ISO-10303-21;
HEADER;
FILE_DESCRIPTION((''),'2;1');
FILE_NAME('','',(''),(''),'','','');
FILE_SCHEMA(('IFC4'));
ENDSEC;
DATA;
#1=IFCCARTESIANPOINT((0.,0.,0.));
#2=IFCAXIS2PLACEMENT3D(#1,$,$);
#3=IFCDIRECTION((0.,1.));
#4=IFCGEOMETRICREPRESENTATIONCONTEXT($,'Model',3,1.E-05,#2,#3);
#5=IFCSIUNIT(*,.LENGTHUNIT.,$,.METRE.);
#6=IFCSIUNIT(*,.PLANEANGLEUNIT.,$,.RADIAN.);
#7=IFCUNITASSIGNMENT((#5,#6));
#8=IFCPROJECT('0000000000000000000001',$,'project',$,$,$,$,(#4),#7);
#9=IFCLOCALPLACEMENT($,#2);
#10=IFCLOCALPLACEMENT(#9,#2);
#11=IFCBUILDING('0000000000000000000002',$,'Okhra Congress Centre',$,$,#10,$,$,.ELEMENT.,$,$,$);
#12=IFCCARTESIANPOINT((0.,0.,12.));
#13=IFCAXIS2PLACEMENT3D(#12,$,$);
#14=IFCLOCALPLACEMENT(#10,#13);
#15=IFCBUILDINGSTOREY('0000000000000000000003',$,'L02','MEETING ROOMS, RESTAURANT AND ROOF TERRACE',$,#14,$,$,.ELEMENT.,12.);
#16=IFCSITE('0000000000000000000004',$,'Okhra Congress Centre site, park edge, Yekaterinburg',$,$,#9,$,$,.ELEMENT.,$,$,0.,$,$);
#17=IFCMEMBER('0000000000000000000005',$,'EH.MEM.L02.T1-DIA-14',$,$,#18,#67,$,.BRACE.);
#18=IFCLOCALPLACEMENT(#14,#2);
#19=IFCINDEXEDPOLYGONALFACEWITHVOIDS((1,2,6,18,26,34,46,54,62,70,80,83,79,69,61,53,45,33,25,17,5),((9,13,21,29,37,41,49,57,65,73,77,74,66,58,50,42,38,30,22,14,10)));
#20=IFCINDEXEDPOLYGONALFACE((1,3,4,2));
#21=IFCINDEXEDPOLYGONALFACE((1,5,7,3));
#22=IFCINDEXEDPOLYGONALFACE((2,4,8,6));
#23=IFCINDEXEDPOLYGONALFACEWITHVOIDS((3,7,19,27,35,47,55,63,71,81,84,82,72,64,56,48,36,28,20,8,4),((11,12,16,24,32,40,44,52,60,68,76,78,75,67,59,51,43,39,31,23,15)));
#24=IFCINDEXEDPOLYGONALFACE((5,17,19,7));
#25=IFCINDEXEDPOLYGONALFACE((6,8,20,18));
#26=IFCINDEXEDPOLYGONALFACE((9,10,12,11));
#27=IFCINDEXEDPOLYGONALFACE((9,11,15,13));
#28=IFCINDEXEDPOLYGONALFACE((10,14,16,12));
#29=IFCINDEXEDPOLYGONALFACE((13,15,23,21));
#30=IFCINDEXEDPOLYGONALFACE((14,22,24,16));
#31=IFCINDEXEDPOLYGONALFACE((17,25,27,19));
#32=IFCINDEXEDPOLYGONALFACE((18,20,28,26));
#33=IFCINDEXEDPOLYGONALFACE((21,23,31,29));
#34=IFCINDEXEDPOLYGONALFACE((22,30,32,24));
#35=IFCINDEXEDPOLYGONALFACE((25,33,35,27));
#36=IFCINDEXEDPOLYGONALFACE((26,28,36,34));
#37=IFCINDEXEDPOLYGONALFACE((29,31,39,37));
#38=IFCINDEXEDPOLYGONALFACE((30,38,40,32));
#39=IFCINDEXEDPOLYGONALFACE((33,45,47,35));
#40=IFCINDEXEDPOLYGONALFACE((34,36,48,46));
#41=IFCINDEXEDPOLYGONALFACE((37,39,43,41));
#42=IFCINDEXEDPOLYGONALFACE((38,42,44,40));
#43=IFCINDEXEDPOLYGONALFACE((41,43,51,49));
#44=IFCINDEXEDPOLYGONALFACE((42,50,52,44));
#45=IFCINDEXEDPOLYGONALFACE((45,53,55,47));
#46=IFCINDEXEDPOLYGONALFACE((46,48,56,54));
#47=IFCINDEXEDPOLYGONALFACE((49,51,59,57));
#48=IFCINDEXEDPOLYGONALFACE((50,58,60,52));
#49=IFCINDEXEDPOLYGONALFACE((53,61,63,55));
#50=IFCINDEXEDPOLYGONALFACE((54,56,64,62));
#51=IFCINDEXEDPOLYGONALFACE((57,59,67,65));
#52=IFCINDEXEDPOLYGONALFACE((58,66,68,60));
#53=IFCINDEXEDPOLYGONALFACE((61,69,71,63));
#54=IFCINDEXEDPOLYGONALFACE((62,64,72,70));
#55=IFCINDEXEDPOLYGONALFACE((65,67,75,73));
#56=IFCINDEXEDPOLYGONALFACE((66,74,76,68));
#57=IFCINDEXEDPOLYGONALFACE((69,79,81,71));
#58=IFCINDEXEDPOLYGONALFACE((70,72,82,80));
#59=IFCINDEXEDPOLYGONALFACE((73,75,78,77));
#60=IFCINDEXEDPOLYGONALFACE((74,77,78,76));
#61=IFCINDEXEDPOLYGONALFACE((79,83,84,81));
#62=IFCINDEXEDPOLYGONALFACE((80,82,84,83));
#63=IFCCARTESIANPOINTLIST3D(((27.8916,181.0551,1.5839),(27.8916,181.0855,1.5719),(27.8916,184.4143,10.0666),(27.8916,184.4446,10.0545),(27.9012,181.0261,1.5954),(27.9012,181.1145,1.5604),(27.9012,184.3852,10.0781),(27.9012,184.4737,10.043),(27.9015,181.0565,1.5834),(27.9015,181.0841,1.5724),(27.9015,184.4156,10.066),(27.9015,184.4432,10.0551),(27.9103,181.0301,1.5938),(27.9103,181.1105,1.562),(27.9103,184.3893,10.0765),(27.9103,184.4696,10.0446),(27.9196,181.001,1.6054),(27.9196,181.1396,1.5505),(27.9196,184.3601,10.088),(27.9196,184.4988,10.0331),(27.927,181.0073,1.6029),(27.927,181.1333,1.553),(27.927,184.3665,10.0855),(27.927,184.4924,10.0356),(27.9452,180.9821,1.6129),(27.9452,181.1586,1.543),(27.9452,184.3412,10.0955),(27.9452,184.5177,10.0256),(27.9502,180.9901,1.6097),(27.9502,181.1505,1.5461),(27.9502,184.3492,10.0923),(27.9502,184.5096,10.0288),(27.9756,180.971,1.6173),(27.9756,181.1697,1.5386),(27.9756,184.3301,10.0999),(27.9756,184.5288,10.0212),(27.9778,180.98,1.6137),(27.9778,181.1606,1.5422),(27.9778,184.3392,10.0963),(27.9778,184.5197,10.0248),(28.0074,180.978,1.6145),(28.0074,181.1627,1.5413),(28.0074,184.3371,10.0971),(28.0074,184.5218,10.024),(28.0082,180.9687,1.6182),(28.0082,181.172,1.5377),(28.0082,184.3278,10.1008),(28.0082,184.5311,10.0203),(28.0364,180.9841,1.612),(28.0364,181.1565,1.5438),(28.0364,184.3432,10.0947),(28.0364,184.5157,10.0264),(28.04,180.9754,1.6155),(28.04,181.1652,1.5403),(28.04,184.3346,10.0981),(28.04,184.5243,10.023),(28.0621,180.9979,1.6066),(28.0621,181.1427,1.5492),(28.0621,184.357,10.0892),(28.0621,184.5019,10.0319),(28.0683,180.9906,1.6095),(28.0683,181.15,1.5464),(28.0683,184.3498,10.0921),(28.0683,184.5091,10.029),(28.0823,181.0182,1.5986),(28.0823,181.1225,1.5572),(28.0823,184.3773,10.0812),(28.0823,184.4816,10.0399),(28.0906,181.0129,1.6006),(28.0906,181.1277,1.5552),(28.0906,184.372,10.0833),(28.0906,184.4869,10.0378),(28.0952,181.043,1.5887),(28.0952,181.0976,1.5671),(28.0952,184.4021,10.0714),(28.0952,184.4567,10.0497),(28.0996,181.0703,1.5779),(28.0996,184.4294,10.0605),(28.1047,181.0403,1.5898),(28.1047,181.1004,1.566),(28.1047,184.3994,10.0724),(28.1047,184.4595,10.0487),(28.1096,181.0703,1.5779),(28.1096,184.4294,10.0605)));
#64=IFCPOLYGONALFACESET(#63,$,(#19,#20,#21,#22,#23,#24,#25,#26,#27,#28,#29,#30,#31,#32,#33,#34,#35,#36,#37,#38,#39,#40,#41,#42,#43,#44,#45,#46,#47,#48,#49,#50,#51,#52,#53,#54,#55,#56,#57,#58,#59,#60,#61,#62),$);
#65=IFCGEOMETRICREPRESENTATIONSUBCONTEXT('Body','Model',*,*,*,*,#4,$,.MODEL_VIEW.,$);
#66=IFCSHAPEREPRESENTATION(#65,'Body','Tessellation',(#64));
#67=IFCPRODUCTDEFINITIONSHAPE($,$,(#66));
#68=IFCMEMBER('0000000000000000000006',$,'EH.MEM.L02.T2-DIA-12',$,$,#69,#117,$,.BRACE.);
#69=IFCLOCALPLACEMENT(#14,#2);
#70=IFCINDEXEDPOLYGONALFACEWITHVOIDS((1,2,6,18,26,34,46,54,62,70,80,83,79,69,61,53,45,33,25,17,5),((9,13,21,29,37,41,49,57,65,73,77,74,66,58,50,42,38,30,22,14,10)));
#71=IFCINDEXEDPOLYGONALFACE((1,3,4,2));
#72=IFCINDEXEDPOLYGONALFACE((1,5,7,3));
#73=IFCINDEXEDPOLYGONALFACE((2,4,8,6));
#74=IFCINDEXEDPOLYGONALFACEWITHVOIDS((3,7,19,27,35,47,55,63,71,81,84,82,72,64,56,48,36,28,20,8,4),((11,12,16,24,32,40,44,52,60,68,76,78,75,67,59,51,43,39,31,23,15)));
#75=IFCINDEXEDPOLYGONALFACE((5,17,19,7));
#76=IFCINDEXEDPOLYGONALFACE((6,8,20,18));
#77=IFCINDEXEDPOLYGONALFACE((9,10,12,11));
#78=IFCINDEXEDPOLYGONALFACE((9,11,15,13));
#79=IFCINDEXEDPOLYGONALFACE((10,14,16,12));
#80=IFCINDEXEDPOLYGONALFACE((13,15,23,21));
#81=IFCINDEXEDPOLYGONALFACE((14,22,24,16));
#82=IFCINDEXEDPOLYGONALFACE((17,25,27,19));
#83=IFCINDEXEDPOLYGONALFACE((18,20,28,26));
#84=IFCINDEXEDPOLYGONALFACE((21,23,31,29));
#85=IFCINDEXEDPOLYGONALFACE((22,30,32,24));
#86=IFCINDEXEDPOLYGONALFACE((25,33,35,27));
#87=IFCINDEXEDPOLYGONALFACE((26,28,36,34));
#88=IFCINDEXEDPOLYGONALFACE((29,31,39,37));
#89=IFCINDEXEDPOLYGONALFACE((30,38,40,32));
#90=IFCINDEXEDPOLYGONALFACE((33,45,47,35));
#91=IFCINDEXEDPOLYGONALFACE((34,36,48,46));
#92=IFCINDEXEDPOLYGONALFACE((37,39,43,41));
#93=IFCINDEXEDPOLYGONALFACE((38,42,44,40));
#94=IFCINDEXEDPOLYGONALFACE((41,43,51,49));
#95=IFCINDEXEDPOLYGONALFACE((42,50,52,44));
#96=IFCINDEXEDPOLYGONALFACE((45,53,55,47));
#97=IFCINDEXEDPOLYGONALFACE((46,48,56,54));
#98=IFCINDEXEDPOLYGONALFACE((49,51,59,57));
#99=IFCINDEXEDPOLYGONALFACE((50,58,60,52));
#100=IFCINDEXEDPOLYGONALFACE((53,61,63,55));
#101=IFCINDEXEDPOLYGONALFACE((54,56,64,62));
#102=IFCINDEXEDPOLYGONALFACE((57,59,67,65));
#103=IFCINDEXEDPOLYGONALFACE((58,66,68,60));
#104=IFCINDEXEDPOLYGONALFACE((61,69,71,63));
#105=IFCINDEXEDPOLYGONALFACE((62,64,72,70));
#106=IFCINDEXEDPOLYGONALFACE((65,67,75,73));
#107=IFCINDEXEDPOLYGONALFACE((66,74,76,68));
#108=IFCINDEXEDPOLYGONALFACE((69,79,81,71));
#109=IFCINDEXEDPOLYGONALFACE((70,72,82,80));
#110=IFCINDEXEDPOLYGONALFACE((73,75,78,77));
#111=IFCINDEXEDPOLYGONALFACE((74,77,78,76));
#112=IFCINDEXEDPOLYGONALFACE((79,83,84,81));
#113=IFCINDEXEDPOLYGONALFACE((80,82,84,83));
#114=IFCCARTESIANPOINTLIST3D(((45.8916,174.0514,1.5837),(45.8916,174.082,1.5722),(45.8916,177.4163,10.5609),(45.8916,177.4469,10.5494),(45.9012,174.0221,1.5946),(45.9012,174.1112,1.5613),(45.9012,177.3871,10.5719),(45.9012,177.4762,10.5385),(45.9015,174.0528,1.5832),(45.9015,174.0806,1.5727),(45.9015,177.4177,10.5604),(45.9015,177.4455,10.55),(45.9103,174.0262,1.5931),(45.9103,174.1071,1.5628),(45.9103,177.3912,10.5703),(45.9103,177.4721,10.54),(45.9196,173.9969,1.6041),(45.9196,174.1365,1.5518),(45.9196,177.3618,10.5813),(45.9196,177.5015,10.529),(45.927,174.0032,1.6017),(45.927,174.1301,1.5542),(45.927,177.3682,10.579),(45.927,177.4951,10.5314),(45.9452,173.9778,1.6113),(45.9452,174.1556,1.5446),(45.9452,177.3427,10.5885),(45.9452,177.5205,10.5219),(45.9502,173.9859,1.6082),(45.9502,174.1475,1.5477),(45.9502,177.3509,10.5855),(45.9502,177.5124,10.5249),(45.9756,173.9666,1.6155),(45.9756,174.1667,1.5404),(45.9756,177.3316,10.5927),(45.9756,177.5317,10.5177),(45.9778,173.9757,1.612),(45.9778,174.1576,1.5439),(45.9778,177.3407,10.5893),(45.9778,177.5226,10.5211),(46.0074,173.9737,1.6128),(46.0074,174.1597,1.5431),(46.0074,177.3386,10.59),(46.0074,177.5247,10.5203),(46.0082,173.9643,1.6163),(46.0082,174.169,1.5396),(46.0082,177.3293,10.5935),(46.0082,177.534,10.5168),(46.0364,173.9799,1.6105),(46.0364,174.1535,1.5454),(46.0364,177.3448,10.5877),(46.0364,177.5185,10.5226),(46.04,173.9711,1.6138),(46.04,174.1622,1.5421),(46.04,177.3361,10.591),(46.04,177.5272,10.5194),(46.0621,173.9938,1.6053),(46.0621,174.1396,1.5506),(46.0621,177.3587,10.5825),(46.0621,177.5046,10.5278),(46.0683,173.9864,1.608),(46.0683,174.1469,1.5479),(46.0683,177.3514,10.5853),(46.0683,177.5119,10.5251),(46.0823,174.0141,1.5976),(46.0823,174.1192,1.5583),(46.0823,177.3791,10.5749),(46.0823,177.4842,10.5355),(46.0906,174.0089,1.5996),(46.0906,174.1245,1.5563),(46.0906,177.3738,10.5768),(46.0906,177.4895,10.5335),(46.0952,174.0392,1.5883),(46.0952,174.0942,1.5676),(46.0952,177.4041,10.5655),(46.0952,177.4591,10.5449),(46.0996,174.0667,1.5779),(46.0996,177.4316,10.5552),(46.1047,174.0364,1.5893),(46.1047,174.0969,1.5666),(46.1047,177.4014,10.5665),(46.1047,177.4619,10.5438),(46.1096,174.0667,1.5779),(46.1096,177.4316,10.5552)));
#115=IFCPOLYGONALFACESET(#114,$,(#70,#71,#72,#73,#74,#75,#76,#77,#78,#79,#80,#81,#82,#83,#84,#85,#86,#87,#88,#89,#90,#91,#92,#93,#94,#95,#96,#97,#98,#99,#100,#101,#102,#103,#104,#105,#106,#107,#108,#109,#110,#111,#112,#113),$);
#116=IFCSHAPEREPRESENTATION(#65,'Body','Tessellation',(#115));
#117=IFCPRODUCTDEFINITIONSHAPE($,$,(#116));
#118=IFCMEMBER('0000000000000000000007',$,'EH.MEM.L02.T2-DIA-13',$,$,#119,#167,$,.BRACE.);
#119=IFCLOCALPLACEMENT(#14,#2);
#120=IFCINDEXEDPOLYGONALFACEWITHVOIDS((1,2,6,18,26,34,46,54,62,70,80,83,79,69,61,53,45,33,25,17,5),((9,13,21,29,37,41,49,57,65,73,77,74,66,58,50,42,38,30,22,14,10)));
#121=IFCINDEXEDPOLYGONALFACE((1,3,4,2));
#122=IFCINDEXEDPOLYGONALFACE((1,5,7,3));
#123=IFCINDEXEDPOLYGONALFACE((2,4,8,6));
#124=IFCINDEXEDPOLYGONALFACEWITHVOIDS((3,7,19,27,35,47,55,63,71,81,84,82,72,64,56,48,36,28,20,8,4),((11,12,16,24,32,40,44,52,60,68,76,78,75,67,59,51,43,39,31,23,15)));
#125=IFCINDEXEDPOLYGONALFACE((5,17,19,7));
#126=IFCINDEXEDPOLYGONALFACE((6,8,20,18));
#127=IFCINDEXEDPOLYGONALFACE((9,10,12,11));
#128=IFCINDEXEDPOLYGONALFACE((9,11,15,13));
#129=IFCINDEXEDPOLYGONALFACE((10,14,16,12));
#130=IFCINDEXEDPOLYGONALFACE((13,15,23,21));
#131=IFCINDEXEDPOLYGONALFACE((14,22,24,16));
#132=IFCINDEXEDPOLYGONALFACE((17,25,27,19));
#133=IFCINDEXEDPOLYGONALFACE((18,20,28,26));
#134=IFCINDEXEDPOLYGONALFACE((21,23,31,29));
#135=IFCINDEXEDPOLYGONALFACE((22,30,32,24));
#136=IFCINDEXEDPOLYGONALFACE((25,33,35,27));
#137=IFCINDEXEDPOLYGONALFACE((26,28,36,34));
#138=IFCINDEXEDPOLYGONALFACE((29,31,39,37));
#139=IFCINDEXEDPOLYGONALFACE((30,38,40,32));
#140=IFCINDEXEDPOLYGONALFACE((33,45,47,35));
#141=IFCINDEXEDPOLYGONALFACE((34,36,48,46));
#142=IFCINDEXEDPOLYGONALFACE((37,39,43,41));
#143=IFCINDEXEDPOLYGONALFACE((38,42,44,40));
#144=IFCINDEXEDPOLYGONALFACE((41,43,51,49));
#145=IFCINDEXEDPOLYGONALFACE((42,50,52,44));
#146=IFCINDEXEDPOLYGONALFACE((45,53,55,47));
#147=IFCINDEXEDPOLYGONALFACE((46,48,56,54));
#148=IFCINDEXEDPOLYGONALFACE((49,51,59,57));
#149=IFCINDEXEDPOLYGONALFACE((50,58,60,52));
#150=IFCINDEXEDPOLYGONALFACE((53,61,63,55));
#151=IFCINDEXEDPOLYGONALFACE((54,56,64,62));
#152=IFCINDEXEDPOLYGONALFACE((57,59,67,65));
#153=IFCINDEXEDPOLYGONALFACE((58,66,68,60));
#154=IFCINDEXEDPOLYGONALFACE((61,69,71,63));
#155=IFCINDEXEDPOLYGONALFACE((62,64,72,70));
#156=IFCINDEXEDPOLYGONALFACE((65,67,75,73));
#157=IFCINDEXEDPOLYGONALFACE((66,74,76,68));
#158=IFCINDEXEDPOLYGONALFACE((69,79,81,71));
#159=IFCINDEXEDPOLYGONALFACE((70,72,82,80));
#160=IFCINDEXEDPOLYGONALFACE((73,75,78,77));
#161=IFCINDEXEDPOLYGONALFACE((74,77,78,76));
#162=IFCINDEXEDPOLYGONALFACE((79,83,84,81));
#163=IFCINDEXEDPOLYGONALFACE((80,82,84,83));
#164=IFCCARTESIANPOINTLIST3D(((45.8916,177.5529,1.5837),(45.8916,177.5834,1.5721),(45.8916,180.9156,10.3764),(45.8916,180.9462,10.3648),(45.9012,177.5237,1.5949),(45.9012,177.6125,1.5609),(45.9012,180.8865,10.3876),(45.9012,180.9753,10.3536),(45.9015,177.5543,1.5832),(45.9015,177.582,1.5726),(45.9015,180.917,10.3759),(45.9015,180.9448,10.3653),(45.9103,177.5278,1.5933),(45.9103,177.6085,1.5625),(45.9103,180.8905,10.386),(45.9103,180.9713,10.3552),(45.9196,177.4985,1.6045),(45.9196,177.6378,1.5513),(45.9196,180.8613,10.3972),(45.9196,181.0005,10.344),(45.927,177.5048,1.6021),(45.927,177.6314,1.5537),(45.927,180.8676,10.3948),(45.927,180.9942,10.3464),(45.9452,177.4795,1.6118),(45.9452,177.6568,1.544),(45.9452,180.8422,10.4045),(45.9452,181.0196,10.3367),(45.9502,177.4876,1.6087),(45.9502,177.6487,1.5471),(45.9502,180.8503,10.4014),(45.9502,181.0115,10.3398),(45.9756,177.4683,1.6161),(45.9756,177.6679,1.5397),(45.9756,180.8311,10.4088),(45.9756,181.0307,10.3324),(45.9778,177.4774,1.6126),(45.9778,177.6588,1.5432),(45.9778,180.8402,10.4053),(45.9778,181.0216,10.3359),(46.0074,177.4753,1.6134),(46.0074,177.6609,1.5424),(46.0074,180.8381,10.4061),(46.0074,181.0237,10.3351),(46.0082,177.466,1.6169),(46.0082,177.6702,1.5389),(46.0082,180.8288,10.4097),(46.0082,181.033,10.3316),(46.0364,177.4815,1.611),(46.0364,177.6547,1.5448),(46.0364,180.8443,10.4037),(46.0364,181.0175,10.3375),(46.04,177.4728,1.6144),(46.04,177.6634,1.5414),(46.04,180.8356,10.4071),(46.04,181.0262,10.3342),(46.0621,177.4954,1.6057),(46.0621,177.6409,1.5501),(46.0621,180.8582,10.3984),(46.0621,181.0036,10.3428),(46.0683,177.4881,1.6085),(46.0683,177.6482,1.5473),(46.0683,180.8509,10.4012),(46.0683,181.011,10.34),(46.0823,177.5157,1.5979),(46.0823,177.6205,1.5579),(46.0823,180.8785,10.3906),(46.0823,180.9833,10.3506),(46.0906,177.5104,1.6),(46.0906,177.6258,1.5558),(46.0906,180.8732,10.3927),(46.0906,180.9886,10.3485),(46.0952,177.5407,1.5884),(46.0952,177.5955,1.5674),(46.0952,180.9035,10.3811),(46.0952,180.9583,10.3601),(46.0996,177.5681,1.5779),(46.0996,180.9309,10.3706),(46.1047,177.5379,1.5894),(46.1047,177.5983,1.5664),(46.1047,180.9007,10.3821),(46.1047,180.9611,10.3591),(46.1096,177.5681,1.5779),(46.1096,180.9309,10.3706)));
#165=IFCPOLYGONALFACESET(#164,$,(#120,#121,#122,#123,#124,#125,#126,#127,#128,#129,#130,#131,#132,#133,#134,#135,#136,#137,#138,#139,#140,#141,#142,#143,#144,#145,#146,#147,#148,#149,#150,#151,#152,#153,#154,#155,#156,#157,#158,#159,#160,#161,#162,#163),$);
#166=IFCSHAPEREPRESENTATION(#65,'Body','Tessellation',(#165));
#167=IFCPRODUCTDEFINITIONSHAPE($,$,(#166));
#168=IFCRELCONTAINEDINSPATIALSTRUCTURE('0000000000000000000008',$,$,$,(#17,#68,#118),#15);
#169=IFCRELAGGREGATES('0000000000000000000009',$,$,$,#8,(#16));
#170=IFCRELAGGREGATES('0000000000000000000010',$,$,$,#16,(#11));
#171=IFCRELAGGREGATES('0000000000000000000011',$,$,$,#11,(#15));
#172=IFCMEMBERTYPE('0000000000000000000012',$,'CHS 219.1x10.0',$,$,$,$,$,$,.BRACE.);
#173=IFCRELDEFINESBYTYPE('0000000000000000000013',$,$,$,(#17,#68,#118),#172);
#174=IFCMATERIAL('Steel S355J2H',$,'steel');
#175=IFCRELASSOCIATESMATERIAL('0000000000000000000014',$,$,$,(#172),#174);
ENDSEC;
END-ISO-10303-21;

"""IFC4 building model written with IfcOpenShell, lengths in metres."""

from ifc_helpers import new_model, si_unit, direction, frame, origin, origin_2d, place, context, subcontext, project, spatial, hollow_circle, extrude, material, material_profile, profile_set, type_object, element, save


model = new_model("IFC4")

# Units and contexts
model_context = context("Model", 3, precision=1e-05, world=origin(), true_north=direction((0.0, 1.0)))
body_context = subcontext(model_context, "Body", "Model", "MODEL_VIEW")
ifc_project = project(units=[si_unit("LENGTHUNIT", "METRE"), si_unit("PLANEANGLEUNIT", "RADIAN")], contexts=[model_context])

# Site, building, storey
site_placement = place(None, origin())
site = spatial("IfcSite", under=ifc_project, at=site_placement, Name="Okhra Congress Centre site, park edge, Yekaterinburg", CompositionType="ELEMENT", RefElevation=0.0)
building_placement = place(site_placement, origin())
building = spatial("IfcBuilding", under=site, at=building_placement, Name="Okhra Congress Centre", CompositionType="ELEMENT")
storey_placement = place(building_placement, frame((0.0, 0.0, 12.0)))
storey = spatial("IfcBuildingStorey", under=building, at=storey_placement, Name="L02", Description="MEETING ROOMS, RESTAURANT AND ROOF TERRACE", CompositionType="ELEMENT", Elevation=12.0)

# Members
ifc_material_1 = material(Name="Steel S355J2H", Category="steel")
ifc_material_profile_1 = material_profile(ifc_material_1, hollow_circle(Radius=0.1096, WallThickness=0.01, at=origin_2d()), Name="CHS 219.1x10.0")
ifc_profile_set_1 = profile_set([ifc_material_profile_1], Name="Steel S355J2H")
member_type_1 = type_object("IfcMemberType", Name="CHS 219.1x10.0", PredefinedType="BRACE", material=ifc_profile_set_1)
member_1_placement = place(storey_placement, frame((28.0, 184.4294, 10.0605), z_axis=(0.0, -0.368182, -0.929754), x_axis=(1.0, 0.0, 0.0)))
element("IfcMember", 1, at=member_1_placement, inside=storey, type_object=member_type_1, Name="EH.MEM.L02.T1-DIA-14", PredefinedType="BRACE", context=body_context, shape_type="SweptSolid", body=[
    extrude(hollow_circle(Radius=0.1096, WallThickness=0.01, at=origin_2d()), origin(), (0.0, 0.0, 1.0), 9.1235),
])
member_2_placement = place(storey_placement, frame((46.0, 177.4316, 10.5552), z_axis=(0.0, -0.350987, -0.93638), x_axis=(1.0, 0.0, 0.0)))
element("IfcMember", 2, at=member_2_placement, inside=storey, type_object=member_type_1, Name="EH.MEM.L02.T2-DIA-12", PredefinedType="BRACE", context=body_context, shape_type="SweptSolid", body=[
    extrude(hollow_circle(Radius=0.1096, WallThickness=0.01, at=origin_2d()), origin(), (0.0, 0.0, 1.0), 9.5872),
])
member_3_placement = place(storey_placement, frame((46.0, 180.9309, 10.3706), z_axis=(0.0, -0.357218, -0.934021), x_axis=(1.0, 0.0, 0.0)))
element("IfcMember", 3, at=member_3_placement, inside=storey, type_object=member_type_1, Name="EH.MEM.L02.T2-DIA-13", PredefinedType="BRACE", context=body_context, shape_type="SweptSolid", body=[
    extrude(hollow_circle(Radius=0.1096, WallThickness=0.01, at=origin_2d()), origin(), (0.0, 0.0, 1.0), 9.4138),
])

save(model, "model.ifc")
